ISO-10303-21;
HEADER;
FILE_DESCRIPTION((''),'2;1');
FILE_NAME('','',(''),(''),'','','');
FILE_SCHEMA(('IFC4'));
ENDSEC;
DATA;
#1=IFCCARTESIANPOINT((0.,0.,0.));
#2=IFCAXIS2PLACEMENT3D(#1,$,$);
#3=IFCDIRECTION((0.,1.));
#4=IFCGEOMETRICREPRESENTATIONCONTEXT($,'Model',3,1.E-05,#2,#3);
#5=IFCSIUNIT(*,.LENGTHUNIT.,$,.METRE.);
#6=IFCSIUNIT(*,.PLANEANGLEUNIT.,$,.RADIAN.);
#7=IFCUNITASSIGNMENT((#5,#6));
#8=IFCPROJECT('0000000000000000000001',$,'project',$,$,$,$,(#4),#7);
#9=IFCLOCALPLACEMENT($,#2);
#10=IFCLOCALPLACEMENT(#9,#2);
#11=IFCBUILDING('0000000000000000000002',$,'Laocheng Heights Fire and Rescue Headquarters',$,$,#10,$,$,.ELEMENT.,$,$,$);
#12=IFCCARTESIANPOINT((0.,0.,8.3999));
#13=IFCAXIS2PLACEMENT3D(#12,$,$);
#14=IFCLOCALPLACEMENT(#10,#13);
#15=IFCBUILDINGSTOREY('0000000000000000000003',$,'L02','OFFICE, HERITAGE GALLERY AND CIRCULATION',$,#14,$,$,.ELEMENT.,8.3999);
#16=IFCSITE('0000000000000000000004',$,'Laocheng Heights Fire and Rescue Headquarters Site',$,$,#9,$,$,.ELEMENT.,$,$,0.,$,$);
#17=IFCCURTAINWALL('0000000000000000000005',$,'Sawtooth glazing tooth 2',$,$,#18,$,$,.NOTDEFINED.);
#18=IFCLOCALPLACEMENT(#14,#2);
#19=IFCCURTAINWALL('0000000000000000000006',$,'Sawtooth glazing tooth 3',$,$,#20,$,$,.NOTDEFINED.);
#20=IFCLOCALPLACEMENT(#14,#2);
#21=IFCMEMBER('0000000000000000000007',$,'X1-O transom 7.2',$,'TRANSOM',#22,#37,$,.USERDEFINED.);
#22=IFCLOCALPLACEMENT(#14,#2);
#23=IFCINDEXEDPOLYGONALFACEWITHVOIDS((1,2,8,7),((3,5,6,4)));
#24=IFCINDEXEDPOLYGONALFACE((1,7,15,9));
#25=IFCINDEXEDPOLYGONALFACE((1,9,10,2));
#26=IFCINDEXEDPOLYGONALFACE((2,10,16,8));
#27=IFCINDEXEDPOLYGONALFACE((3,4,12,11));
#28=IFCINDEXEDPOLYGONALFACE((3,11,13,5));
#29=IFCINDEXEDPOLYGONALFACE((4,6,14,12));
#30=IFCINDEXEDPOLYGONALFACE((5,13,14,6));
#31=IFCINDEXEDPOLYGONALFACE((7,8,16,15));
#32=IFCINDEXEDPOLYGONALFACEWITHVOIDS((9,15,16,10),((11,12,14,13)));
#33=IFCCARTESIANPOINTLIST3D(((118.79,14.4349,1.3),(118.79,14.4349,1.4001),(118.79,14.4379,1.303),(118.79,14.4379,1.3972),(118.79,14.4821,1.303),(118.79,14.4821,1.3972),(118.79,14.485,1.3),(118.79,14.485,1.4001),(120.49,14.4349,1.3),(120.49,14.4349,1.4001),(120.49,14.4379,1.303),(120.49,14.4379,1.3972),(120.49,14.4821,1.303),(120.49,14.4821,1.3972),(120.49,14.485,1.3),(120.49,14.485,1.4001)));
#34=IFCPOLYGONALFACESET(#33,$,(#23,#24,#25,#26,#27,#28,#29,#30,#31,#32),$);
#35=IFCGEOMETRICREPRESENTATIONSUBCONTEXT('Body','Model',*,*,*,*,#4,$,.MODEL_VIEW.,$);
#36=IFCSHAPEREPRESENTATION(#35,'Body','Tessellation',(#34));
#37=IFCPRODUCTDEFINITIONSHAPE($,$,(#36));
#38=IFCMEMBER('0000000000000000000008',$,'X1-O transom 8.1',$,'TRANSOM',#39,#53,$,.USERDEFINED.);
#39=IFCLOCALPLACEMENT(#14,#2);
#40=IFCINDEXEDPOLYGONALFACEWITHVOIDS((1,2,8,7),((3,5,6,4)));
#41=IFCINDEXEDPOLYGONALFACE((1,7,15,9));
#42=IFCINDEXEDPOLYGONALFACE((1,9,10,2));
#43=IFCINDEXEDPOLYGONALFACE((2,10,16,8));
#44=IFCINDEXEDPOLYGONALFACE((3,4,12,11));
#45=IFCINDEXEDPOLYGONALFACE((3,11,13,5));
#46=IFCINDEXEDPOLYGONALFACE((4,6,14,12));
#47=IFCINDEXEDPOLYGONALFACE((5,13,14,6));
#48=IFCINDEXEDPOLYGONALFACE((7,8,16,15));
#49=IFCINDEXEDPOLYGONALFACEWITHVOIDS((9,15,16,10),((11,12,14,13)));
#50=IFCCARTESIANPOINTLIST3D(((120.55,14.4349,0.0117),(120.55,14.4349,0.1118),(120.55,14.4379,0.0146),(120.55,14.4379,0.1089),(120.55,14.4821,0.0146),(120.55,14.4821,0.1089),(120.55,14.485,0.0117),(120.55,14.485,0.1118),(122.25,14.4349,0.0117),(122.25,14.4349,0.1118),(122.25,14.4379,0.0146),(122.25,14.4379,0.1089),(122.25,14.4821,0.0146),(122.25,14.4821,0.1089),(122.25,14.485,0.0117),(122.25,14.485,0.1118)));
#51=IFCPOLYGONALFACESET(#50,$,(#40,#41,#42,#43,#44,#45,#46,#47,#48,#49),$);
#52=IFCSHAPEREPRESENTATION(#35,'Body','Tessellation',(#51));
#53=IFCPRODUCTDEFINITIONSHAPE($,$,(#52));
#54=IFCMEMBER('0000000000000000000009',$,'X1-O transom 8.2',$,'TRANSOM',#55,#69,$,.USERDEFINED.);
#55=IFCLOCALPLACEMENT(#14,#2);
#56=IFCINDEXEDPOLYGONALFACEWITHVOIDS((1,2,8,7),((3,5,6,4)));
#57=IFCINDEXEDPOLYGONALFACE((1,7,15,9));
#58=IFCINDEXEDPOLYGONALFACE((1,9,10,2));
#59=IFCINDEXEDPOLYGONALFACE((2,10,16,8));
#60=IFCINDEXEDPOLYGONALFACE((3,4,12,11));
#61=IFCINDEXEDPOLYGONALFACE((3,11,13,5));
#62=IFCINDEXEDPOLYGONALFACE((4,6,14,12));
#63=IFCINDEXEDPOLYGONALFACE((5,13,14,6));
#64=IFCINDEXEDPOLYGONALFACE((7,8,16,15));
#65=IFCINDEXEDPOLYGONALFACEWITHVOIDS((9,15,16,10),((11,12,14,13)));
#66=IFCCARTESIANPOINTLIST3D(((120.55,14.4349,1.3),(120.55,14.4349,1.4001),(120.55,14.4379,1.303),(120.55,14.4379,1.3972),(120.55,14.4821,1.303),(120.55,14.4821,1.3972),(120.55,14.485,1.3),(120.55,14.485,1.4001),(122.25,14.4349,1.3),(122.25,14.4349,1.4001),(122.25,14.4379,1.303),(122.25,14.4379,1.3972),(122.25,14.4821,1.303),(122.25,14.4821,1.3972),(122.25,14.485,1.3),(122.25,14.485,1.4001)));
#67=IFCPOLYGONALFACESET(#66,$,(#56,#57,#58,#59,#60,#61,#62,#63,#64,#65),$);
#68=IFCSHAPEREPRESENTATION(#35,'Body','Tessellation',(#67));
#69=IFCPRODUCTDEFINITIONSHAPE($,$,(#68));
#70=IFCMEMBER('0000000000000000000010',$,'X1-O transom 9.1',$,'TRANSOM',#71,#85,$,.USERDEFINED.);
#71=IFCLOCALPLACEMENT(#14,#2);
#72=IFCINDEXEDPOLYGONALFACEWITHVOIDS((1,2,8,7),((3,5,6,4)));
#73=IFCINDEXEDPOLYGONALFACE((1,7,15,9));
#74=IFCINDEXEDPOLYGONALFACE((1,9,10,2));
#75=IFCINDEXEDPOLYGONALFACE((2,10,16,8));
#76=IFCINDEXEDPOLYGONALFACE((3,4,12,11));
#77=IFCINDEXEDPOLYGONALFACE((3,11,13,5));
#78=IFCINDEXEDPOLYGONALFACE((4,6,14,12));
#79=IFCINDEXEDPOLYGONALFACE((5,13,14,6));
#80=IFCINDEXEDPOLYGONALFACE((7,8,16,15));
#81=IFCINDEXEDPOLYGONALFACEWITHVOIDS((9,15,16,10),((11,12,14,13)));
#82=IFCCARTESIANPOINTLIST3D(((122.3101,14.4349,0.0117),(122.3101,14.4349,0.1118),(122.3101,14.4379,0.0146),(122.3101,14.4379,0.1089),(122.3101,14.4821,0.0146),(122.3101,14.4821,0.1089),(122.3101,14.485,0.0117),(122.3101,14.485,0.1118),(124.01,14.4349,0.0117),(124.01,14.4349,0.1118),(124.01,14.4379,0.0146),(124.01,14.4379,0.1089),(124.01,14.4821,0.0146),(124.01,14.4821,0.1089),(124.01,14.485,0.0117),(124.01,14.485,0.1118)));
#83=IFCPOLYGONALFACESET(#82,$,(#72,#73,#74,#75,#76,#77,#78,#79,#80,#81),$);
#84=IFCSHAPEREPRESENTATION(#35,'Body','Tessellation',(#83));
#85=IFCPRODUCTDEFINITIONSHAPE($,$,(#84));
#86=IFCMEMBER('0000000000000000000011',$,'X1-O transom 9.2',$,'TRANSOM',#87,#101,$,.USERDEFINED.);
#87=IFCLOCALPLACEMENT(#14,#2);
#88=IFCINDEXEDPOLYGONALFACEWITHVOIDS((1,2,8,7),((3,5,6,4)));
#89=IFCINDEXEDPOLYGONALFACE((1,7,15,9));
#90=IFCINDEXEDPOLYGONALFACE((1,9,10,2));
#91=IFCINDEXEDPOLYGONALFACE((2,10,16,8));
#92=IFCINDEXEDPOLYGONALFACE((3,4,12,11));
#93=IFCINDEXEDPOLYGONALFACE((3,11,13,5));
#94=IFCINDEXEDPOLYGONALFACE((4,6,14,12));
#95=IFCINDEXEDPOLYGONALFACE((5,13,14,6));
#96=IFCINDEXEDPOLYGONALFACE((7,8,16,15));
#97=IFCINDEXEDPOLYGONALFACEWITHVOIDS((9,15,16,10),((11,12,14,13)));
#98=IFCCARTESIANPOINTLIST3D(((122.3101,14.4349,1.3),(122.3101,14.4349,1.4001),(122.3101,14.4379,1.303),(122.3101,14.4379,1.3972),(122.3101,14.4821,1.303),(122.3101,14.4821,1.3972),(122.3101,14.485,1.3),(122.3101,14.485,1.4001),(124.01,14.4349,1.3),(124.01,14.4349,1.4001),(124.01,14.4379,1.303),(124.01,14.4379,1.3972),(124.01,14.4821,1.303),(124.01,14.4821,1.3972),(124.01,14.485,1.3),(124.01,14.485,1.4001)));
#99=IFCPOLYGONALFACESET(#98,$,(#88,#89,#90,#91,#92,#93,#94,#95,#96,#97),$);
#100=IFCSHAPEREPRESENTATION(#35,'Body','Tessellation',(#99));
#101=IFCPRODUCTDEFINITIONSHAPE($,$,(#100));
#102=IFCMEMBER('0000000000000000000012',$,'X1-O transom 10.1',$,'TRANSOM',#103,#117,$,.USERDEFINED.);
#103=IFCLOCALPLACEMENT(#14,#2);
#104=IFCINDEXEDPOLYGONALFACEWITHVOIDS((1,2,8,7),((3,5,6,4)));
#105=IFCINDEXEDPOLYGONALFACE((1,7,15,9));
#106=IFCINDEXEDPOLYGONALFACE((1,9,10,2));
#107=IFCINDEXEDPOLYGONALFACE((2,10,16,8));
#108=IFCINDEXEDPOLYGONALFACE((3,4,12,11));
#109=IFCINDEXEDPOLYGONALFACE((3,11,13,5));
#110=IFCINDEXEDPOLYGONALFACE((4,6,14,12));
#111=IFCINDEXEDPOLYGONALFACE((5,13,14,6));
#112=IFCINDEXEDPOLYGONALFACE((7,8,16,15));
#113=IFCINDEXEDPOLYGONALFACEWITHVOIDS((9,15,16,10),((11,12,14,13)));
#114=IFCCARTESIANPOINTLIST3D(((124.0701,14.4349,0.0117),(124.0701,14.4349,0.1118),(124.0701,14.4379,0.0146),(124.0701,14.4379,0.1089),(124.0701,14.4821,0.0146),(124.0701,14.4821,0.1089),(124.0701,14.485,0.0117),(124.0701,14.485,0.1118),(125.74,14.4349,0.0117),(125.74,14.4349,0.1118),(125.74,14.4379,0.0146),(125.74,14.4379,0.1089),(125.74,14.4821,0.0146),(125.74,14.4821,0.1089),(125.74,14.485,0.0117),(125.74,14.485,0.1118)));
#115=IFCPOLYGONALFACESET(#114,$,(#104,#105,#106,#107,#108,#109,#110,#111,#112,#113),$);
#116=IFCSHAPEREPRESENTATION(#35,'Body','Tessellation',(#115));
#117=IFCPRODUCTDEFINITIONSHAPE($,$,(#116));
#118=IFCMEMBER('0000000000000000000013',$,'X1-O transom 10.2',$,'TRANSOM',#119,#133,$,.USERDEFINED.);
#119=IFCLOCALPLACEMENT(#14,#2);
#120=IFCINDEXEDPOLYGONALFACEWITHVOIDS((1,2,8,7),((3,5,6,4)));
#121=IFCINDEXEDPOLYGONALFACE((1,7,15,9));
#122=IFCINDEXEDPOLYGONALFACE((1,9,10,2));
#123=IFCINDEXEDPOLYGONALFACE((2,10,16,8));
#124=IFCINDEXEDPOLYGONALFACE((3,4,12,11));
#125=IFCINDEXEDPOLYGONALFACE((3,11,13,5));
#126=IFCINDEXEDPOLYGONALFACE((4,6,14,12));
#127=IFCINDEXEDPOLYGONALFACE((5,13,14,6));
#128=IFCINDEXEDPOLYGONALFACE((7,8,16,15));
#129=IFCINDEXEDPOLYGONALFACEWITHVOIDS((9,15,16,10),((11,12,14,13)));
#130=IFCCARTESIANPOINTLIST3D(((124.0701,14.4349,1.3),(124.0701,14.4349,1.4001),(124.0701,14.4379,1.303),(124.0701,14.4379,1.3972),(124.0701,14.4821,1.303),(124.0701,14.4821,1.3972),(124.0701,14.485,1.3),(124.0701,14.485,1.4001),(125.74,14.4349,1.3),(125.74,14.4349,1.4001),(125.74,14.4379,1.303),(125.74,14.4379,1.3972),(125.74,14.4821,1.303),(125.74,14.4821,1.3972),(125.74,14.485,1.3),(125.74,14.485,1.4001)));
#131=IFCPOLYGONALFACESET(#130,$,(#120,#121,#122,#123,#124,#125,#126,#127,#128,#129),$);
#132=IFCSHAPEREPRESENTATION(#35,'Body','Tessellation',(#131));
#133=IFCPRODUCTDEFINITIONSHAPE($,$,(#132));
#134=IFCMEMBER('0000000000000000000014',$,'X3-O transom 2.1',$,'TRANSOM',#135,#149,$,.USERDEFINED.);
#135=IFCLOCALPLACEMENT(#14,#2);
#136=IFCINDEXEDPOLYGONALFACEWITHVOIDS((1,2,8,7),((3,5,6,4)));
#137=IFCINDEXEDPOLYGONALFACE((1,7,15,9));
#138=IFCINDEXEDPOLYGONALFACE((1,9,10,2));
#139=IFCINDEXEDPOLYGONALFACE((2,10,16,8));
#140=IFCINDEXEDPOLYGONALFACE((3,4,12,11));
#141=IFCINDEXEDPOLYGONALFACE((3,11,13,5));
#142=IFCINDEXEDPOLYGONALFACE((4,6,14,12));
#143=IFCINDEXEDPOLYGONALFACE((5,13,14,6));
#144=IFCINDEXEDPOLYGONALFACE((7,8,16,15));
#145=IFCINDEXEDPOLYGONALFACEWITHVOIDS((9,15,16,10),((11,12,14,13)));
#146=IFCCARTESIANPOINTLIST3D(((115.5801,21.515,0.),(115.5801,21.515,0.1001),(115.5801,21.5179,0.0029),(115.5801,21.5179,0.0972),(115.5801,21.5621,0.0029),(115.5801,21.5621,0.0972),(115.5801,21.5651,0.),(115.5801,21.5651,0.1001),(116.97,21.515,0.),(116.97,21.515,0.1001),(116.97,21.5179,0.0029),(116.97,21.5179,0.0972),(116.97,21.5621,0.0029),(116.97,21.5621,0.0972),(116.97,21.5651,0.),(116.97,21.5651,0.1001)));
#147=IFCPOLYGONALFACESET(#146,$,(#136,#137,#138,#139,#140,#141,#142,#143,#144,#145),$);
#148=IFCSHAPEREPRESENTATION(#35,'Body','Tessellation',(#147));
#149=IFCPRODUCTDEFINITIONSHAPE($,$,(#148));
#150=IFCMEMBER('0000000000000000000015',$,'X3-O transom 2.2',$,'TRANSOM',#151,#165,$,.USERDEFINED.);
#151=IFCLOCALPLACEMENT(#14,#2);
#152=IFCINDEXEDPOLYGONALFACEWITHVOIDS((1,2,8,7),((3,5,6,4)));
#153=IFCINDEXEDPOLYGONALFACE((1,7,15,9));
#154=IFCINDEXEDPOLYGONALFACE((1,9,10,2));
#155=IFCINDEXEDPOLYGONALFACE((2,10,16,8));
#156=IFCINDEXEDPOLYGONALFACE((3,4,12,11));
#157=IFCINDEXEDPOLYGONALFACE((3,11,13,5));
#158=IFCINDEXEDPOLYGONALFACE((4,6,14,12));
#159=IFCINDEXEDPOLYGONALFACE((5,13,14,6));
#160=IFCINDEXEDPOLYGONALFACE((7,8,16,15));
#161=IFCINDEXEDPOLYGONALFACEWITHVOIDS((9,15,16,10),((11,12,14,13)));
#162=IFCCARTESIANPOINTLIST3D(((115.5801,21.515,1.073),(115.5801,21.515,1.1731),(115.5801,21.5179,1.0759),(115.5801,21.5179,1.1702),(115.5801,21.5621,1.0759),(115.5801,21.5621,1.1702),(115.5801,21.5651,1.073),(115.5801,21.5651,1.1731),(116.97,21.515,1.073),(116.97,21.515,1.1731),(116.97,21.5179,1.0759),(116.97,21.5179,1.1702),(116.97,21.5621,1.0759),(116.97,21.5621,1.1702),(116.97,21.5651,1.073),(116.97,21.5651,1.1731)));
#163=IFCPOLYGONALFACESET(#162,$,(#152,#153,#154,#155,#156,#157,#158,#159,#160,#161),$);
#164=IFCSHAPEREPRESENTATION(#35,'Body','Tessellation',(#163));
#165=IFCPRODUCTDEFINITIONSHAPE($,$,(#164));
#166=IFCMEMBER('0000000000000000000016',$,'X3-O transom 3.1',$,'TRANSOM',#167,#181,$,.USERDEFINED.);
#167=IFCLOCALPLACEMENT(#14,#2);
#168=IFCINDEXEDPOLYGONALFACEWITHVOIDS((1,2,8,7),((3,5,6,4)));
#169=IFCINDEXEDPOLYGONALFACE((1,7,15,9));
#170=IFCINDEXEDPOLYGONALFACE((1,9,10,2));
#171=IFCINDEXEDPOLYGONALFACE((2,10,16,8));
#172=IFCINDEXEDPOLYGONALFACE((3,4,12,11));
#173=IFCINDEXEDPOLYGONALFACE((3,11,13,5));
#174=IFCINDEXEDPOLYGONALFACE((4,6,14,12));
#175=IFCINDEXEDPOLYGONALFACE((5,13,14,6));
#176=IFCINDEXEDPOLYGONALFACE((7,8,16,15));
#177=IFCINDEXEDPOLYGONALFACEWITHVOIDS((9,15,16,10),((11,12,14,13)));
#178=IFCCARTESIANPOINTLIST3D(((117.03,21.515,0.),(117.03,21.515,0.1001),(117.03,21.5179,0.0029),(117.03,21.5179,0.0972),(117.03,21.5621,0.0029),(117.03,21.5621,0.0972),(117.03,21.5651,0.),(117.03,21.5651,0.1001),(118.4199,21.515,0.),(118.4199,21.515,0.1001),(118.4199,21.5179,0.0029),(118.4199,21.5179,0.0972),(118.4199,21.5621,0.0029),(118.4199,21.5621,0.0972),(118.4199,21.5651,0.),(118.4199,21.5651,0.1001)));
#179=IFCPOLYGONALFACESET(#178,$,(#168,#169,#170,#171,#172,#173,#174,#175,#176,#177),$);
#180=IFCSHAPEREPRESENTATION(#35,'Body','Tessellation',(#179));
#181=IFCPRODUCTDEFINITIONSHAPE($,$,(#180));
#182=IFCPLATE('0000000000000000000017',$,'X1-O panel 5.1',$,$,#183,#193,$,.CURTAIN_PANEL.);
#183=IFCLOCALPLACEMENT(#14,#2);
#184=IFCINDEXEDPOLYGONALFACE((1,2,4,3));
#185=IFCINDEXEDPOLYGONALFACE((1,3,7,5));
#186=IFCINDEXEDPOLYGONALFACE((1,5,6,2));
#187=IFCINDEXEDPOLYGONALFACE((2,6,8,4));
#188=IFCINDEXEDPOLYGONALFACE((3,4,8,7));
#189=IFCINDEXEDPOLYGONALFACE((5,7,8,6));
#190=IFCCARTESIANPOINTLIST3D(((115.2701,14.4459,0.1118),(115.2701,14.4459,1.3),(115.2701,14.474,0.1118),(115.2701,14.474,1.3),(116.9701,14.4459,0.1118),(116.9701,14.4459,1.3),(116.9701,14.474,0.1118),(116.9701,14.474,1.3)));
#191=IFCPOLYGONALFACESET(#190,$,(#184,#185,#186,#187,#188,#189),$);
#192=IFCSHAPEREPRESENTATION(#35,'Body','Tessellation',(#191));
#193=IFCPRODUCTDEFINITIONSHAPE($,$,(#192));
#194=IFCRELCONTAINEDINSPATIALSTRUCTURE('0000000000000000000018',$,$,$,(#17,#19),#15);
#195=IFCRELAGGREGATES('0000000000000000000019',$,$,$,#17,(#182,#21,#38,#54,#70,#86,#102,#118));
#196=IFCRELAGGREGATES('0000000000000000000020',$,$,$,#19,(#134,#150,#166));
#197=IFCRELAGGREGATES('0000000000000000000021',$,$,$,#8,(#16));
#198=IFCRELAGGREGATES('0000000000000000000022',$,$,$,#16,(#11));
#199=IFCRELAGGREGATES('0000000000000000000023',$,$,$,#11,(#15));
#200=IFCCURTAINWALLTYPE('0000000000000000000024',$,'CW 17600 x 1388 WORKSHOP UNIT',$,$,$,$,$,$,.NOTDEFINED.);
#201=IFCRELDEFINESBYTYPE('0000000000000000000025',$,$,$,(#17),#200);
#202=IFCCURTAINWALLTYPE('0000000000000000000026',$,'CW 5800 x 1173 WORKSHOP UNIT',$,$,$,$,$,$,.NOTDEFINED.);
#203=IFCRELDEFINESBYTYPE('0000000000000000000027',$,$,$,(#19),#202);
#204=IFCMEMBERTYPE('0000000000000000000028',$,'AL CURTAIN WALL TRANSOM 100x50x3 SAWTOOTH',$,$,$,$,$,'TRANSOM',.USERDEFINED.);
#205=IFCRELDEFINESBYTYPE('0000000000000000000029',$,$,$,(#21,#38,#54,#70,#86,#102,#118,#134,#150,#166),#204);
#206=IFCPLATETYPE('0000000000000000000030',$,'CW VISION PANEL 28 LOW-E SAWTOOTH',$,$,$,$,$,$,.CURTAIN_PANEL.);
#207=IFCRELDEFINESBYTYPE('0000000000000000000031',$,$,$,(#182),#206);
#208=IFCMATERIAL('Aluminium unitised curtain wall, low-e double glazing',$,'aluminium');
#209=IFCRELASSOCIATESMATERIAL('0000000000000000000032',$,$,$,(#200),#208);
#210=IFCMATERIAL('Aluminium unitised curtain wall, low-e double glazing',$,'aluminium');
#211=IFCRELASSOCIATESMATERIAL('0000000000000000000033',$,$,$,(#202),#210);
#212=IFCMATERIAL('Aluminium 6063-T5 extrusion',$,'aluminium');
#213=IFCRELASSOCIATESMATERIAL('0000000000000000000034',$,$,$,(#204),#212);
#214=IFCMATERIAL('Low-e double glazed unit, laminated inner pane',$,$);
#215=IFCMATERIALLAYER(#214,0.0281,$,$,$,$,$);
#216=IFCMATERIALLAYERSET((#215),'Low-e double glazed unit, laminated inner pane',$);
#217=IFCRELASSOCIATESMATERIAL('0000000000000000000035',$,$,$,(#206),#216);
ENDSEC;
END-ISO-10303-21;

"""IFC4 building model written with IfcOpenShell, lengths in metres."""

from ifc_helpers import new_model, si_unit, direction, frame, origin, origin_2d, place, context, subcontext, project, spatial, rectangle, hollow_rectangle, extrude, material, layer, layer_set, material_profile, profile_set, type_object, element, aggregate, save


model = new_model("IFC4")

# Units and contexts
model_context = context("Model", 3, precision=1e-05, world=origin(), true_north=direction((0.0, 1.0)))
body_context = subcontext(model_context, "Body", "Model", "MODEL_VIEW")
ifc_project = project(units=[si_unit("LENGTHUNIT", "METRE"), si_unit("PLANEANGLEUNIT", "RADIAN")], contexts=[model_context])

# Site, building, storey
site_placement = place(None, origin())
site = spatial("IfcSite", under=ifc_project, at=site_placement, Name="Laocheng Heights Fire and Rescue Headquarters Site", CompositionType="ELEMENT", RefElevation=0.0)
building_placement = place(site_placement, origin())
building = spatial("IfcBuilding", under=site, at=building_placement, Name="Laocheng Heights Fire and Rescue Headquarters", CompositionType="ELEMENT")
storey_placement = place(building_placement, frame((0.0, 0.0, 8.3999)))
storey = spatial("IfcBuildingStorey", under=building, at=storey_placement, Name="L02", Description="OFFICE, HERITAGE GALLERY AND CIRCULATION", CompositionType="ELEMENT", Elevation=8.3999)

# Curtain walls
ifc_material_1 = material(Name="Aluminium unitised curtain wall, low-e double glazing", Category="aluminium")
curtain_wall_type_1 = type_object("IfcCurtainWallType", Name="CW 17600 x 1388 WORKSHOP UNIT", PredefinedType="NOTDEFINED", material=ifc_material_1)
curtain_wall_1_placement = place(storey_placement, origin())
curtain_wall_1 = element("IfcCurtainWall", 1, at=curtain_wall_1_placement, inside=storey, type_object=curtain_wall_type_1, Name="Sawtooth glazing tooth 2", PredefinedType="NOTDEFINED")
ifc_material_2 = material(Name="Aluminium unitised curtain wall, low-e double glazing", Category="aluminium")
curtain_wall_type_2 = type_object("IfcCurtainWallType", Name="CW 5800 x 1173 WORKSHOP UNIT", PredefinedType="NOTDEFINED", material=ifc_material_2)
curtain_wall_2_placement = place(storey_placement, origin())
curtain_wall_2 = element("IfcCurtainWall", 2, at=curtain_wall_2_placement, inside=storey, type_object=curtain_wall_type_2, Name="Sawtooth glazing tooth 3", PredefinedType="NOTDEFINED")

# Members
ifc_material_3 = material(Name="Aluminium 6063-T5 extrusion", Category="aluminium")
ifc_material_profile_1 = material_profile(ifc_material_3, hollow_rectangle(XDim=0.05, YDim=0.1001, WallThickness=0.0029, at=origin_2d()), Name="AL TRANSOM 100x50x3")
ifc_profile_set_1 = profile_set([ifc_material_profile_1], Name="Aluminium 6063-T5 extrusion")
member_type_1 = type_object("IfcMemberType", Name="AL CURTAIN WALL TRANSOM 100x50x3 SAWTOOTH", ElementType="TRANSOM", PredefinedType="USERDEFINED", material=ifc_profile_set_1)
member_1_placement = place(storey_placement, frame((118.79, 14.46, 1.3501), z_axis=(1.0, 0.0, 0.0), x_axis=(0.0, 1.0, 0.0)))
member_1 = element("IfcMember", 3, at=member_1_placement, type_object=member_type_1, Name="X1-O transom 7.2", ObjectType="TRANSOM", PredefinedType="USERDEFINED", context=body_context, shape_type="SweptSolid", body=[
    extrude(hollow_rectangle(XDim=0.05, YDim=0.1001, WallThickness=0.0029, at=origin_2d()), origin(), (0.0, 0.0, 1.0), 1.7),
])
member_2_placement = place(storey_placement, frame((120.55, 14.46, 0.0618), z_axis=(1.0, 0.0, 0.0), x_axis=(0.0, 1.0, 0.0)))
member_2 = element("IfcMember", 4, at=member_2_placement, type_object=member_type_1, Name="X1-O transom 8.1", ObjectType="TRANSOM", PredefinedType="USERDEFINED", context=body_context, shape_type="SweptSolid", body=[
    extrude(hollow_rectangle(XDim=0.05, YDim=0.1001, WallThickness=0.0029, at=origin_2d()), origin(), (0.0, 0.0, 1.0), 1.7),
])
member_3_placement = place(storey_placement, frame((120.55, 14.46, 1.3501), z_axis=(1.0, 0.0, 0.0), x_axis=(0.0, 1.0, 0.0)))
member_3 = element("IfcMember", 5, at=member_3_placement, type_object=member_type_1, Name="X1-O transom 8.2", ObjectType="TRANSOM", PredefinedType="USERDEFINED", context=body_context, shape_type="SweptSolid", body=[
    extrude(hollow_rectangle(XDim=0.05, YDim=0.1001, WallThickness=0.0029, at=origin_2d()), origin(), (0.0, 0.0, 1.0), 1.7),
])
member_4_placement = place(storey_placement, frame((122.3101, 14.46, 0.0618), z_axis=(1.0, 0.0, 0.0), x_axis=(0.0, 1.0, 0.0)))
member_4 = element("IfcMember", 6, at=member_4_placement, type_object=member_type_1, Name="X1-O transom 9.1", ObjectType="TRANSOM", PredefinedType="USERDEFINED", context=body_context, shape_type="SweptSolid", body=[
    extrude(hollow_rectangle(XDim=0.05, YDim=0.1001, WallThickness=0.0029, at=origin_2d()), origin(), (0.0, 0.0, 1.0), 1.7),
])
member_5_placement = place(storey_placement, frame((122.3101, 14.46, 1.3501), z_axis=(1.0, 0.0, 0.0), x_axis=(0.0, 1.0, 0.0)))
member_5 = element("IfcMember", 7, at=member_5_placement, type_object=member_type_1, Name="X1-O transom 9.2", ObjectType="TRANSOM", PredefinedType="USERDEFINED", context=body_context, shape_type="SweptSolid", body=[
    extrude(hollow_rectangle(XDim=0.05, YDim=0.1001, WallThickness=0.0029, at=origin_2d()), origin(), (0.0, 0.0, 1.0), 1.7),
])
member_6_placement = place(storey_placement, frame((124.0701, 14.46, 0.0618), z_axis=(1.0, 0.0, 0.0), x_axis=(0.0, 1.0, 0.0)))
member_6 = element("IfcMember", 8, at=member_6_placement, type_object=member_type_1, Name="X1-O transom 10.1", ObjectType="TRANSOM", PredefinedType="USERDEFINED", context=body_context, shape_type="SweptSolid", body=[
    extrude(hollow_rectangle(XDim=0.05, YDim=0.1001, WallThickness=0.0029, at=origin_2d()), origin(), (0.0, 0.0, 1.0), 1.6699),
])
member_7_placement = place(storey_placement, frame((124.0701, 14.46, 1.3501), z_axis=(1.0, 0.0, 0.0), x_axis=(0.0, 1.0, 0.0)))
member_7 = element("IfcMember", 9, at=member_7_placement, type_object=member_type_1, Name="X1-O transom 10.2", ObjectType="TRANSOM", PredefinedType="USERDEFINED", context=body_context, shape_type="SweptSolid", body=[
    extrude(hollow_rectangle(XDim=0.05, YDim=0.1001, WallThickness=0.0029, at=origin_2d()), origin(), (0.0, 0.0, 1.0), 1.6699),
])
member_8_placement = place(storey_placement, frame((115.5801, 21.54, 0.05), z_axis=(1.0, 0.0, 0.0), x_axis=(0.0, 1.0, 0.0)))
member_8 = element("IfcMember", 10, at=member_8_placement, type_object=member_type_1, Name="X3-O transom 2.1", ObjectType="TRANSOM", PredefinedType="USERDEFINED", context=body_context, shape_type="SweptSolid", body=[
    extrude(hollow_rectangle(XDim=0.05, YDim=0.1001, WallThickness=0.0029, at=origin_2d()), origin(), (0.0, 0.0, 1.0), 1.3899),
])
member_9_placement = place(storey_placement, frame((115.5801, 21.54, 1.123), z_axis=(1.0, 0.0, 0.0), x_axis=(0.0, 1.0, 0.0)))
member_9 = element("IfcMember", 11, at=member_9_placement, type_object=member_type_1, Name="X3-O transom 2.2", ObjectType="TRANSOM", PredefinedType="USERDEFINED", context=body_context, shape_type="SweptSolid", body=[
    extrude(hollow_rectangle(XDim=0.05, YDim=0.1001, WallThickness=0.0029, at=origin_2d()), origin(), (0.0, 0.0, 1.0), 1.3899),
])
member_10_placement = place(storey_placement, frame((117.03, 21.54, 0.05), z_axis=(1.0, 0.0, 0.0), x_axis=(0.0, 1.0, 0.0)))
member_10 = element("IfcMember", 12, at=member_10_placement, type_object=member_type_1, Name="X3-O transom 3.1", ObjectType="TRANSOM", PredefinedType="USERDEFINED", context=body_context, shape_type="SweptSolid", body=[
    extrude(hollow_rectangle(XDim=0.05, YDim=0.1001, WallThickness=0.0029, at=origin_2d()), origin(), (0.0, 0.0, 1.0), 1.3899),
])

# Plate
ifc_material_4 = material(Name="Low-e double glazed unit, laminated inner pane")
ifc_layer = layer(ifc_material_4, 0.0281)
ifc_layer_set = layer_set([ifc_layer], Name="Low-e double glazed unit, laminated inner pane")
plate_type = type_object("IfcPlateType", Name="CW VISION PANEL 28 LOW-E SAWTOOTH", PredefinedType="CURTAIN_PANEL", material=ifc_layer_set)
plate_1_placement = place(storey_placement, frame((116.1201, 14.46, 0.1118), z_axis=(0.0, 0.0, 1.0), x_axis=(1.0, 0.0, 0.0)))
plate_1 = element("IfcPlate", 13, at=plate_1_placement, type_object=plate_type, Name="X1-O panel 5.1", PredefinedType="CURTAIN_PANEL", context=body_context, shape_type="SweptSolid", body=[
    extrude(rectangle(XDim=1.7, YDim=0.0281, at=origin_2d()), origin(), (0.0, 0.0, 1.0), 1.1882),
])
aggregate(curtain_wall_1, [plate_1, member_1, member_2, member_3, member_4, member_5, member_6, member_7])
aggregate(curtain_wall_2, [member_8, member_9, member_10])

save(model, "model.ifc")
